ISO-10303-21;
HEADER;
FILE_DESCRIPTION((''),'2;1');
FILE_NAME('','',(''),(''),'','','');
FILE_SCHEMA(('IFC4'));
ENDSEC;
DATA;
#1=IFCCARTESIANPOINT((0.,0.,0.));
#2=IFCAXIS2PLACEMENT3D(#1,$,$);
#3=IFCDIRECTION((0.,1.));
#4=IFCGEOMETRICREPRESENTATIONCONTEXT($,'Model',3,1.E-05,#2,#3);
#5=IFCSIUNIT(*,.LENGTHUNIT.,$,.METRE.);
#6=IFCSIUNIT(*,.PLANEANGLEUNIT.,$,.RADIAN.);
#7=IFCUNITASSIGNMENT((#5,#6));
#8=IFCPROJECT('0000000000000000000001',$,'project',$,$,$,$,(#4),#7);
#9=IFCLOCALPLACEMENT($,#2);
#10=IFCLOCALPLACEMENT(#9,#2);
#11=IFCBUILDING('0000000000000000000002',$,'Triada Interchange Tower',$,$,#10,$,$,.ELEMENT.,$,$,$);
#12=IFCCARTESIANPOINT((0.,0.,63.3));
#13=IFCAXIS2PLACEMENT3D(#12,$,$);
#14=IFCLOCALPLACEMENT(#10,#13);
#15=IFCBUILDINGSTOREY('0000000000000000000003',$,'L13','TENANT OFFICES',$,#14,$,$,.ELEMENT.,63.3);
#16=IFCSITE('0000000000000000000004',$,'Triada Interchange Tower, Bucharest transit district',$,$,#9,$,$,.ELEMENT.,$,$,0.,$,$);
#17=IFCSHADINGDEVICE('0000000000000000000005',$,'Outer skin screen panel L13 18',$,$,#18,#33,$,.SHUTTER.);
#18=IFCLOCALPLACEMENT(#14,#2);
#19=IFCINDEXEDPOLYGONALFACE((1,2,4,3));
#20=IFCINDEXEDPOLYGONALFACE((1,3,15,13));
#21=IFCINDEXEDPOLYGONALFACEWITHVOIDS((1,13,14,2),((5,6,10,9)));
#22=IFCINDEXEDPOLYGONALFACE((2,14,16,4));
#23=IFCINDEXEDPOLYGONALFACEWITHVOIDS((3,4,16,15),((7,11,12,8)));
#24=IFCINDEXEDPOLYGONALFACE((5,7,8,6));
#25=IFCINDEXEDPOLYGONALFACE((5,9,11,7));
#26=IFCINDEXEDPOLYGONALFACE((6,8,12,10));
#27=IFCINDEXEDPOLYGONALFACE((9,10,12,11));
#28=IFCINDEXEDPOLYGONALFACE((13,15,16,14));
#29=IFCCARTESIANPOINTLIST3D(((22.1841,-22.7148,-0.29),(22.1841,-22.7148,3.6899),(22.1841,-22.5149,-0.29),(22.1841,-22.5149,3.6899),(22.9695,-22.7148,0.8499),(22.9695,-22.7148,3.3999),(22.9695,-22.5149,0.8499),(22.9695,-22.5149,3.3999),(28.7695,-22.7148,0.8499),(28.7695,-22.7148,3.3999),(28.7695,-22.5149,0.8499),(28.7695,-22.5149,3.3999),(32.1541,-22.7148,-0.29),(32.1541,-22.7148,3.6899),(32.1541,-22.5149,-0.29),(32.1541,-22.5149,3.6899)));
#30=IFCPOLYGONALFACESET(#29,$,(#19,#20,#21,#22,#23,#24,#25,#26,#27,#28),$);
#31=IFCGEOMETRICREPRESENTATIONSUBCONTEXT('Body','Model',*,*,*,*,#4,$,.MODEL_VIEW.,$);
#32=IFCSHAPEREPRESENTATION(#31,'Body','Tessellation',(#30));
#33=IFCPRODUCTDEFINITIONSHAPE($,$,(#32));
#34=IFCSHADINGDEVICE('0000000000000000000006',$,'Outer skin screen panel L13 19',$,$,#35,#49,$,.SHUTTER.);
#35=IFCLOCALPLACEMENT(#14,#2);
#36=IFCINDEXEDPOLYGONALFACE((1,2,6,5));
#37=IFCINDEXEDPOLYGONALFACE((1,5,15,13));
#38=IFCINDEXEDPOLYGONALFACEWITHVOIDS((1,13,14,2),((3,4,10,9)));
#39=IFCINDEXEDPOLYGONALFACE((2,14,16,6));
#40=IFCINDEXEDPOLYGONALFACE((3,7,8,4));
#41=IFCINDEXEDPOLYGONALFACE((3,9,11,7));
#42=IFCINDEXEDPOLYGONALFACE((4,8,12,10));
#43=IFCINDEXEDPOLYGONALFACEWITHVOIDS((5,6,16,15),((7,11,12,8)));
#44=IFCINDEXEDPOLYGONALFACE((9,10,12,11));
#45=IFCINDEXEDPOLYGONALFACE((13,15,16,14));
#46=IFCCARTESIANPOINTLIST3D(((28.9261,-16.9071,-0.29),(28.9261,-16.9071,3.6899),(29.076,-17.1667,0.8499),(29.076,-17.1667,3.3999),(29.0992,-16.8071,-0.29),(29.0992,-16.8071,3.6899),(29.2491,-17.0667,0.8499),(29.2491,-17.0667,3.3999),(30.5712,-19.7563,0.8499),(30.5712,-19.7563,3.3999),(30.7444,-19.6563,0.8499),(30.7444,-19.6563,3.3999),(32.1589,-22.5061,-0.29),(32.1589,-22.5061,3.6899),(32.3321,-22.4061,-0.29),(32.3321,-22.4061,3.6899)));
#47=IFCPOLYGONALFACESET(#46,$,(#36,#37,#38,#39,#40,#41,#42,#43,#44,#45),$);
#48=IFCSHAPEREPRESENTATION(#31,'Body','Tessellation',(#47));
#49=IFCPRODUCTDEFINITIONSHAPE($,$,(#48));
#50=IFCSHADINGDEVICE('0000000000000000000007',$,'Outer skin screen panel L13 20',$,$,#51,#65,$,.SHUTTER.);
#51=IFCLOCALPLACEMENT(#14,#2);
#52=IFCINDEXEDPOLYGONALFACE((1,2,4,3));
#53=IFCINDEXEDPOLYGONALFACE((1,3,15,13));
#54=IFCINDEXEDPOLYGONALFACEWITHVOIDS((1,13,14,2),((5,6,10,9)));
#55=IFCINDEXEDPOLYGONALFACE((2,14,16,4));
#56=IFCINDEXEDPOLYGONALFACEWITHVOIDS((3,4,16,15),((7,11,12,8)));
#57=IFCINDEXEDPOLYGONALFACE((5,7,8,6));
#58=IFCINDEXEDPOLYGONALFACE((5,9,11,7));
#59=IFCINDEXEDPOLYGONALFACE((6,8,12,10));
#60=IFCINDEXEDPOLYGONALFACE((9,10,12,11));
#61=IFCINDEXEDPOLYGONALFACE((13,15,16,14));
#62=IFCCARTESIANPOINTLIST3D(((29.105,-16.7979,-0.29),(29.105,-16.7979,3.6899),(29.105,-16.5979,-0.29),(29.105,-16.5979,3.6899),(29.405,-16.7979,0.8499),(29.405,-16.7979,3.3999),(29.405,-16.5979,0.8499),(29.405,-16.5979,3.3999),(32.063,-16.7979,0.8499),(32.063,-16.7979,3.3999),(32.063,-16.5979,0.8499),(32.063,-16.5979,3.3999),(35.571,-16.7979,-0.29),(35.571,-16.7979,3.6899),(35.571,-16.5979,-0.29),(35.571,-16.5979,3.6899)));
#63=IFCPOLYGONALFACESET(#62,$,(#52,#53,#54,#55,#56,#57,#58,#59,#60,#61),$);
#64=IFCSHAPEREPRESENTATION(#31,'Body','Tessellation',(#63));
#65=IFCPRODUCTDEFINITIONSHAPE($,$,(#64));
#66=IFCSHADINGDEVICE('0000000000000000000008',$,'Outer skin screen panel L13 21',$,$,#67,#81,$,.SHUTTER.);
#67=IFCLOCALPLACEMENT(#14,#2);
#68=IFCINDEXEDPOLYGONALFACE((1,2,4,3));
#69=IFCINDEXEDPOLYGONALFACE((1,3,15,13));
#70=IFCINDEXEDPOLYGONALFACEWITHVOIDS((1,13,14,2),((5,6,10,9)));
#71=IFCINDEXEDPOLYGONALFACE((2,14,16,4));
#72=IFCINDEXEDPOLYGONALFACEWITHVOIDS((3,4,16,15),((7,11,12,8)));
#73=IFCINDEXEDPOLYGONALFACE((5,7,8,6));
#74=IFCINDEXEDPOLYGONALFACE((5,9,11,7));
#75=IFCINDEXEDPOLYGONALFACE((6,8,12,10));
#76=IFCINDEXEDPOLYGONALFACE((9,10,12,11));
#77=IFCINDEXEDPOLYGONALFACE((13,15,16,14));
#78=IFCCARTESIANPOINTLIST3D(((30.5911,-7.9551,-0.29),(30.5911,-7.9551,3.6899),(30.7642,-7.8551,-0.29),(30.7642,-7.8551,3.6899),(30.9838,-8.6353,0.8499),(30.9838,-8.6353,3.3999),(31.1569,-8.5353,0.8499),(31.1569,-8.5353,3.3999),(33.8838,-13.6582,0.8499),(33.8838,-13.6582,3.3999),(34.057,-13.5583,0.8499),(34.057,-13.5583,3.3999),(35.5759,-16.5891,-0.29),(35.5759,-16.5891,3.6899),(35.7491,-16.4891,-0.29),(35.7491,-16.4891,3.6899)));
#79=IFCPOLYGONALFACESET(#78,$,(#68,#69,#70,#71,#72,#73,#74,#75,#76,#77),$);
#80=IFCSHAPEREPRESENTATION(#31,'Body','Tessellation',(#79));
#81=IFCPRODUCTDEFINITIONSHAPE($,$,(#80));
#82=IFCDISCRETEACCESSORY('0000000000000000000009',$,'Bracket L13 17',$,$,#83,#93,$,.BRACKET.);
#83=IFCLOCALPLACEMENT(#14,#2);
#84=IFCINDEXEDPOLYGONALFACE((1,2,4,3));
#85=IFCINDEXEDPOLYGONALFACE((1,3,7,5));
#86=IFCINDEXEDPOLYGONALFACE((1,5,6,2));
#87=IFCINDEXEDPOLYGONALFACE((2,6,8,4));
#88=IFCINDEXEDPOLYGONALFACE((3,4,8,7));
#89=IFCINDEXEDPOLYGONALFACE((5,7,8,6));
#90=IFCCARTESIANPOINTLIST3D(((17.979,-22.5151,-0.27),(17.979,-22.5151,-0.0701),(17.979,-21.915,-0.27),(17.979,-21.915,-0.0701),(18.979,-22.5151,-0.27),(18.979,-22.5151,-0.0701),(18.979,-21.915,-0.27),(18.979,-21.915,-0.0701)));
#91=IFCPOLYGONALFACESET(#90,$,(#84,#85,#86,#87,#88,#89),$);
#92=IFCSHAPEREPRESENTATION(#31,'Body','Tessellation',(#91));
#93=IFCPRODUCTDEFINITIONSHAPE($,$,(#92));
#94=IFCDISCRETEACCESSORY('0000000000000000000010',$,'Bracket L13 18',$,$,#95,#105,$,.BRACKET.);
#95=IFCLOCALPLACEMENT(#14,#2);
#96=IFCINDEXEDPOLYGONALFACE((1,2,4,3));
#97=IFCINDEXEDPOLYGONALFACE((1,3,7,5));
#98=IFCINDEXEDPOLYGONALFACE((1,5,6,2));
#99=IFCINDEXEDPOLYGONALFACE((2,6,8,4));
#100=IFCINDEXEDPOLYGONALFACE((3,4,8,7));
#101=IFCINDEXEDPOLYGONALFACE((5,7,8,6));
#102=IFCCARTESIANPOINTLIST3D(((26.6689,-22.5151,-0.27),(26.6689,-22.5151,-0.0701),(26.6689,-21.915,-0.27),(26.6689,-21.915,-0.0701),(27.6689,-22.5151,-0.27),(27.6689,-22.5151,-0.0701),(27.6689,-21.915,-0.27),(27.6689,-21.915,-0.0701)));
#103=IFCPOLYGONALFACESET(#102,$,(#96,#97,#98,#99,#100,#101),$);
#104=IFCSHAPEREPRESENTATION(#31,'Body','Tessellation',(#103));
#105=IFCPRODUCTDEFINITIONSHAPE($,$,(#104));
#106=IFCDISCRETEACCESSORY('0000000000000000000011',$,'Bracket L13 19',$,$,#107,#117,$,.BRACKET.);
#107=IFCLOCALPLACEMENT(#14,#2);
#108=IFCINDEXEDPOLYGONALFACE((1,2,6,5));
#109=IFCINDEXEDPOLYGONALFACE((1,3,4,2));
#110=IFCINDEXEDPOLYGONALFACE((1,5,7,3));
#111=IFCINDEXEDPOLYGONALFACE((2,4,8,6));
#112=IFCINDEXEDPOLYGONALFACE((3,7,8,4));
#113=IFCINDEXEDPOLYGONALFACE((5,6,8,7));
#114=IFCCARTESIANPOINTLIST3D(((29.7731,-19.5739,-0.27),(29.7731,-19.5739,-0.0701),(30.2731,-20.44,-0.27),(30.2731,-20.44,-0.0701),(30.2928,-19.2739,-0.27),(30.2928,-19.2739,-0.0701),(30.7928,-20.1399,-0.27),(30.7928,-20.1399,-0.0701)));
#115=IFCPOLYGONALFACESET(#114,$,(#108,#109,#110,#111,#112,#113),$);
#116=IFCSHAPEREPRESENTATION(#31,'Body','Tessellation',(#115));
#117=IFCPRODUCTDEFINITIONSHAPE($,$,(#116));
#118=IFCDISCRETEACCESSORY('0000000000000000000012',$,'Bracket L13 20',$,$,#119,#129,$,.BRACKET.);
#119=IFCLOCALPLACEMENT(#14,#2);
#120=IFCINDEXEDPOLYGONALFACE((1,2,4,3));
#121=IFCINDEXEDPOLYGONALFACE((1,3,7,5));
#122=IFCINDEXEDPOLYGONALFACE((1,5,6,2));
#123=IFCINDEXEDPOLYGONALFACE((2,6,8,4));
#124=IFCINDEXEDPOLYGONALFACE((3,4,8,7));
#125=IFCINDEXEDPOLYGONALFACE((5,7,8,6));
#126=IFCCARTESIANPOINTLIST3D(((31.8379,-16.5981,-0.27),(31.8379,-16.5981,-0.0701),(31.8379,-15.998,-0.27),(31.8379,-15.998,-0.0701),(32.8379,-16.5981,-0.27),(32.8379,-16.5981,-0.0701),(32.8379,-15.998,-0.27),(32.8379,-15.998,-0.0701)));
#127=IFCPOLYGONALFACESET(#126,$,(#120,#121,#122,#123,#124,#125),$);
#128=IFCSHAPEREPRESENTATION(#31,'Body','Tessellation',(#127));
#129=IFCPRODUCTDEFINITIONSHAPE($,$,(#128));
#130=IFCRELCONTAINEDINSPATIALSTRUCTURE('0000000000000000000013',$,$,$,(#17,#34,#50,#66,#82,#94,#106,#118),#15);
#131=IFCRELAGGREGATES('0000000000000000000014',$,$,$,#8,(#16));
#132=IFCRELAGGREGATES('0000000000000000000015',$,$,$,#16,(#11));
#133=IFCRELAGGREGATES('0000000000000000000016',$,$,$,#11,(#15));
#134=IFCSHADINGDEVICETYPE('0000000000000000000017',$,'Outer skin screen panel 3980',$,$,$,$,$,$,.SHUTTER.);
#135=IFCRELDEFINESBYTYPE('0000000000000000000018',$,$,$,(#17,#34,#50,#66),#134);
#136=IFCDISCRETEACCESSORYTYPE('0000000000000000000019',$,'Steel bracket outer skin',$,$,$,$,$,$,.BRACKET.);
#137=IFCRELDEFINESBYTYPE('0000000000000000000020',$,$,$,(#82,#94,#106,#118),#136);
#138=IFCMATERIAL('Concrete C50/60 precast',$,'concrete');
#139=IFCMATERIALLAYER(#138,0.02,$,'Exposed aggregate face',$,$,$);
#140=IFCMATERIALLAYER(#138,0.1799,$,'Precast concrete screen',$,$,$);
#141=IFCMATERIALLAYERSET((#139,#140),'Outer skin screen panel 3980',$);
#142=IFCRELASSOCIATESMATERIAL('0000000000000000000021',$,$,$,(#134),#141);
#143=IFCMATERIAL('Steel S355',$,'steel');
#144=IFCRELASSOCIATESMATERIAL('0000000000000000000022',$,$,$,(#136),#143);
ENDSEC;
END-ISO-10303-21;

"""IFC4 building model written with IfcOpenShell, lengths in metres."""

from ifc_helpers import new_model, si_unit, direction, frame, origin, origin_2d, place, context, subcontext, project, spatial, polyline, rectangle, outline, extrude, material, layer, layer_set, type_object, element, save


model = new_model("IFC4")

# Units and contexts
model_context = context("Model", 3, precision=1e-05, world=origin(), true_north=direction((0.0, 1.0)))
body_context = subcontext(model_context, "Body", "Model", "MODEL_VIEW")
ifc_project = project(units=[si_unit("LENGTHUNIT", "METRE"), si_unit("PLANEANGLEUNIT", "RADIAN")], contexts=[model_context])

# Site, building, storey
site_placement = place(None, origin())
site = spatial("IfcSite", under=ifc_project, at=site_placement, Name="Triada Interchange Tower, Bucharest transit district", CompositionType="ELEMENT", RefElevation=0.0)
building_placement = place(site_placement, origin())
building = spatial("IfcBuilding", under=site, at=building_placement, Name="Triada Interchange Tower", CompositionType="ELEMENT")
storey_placement = place(building_placement, frame((0.0, 0.0, 63.3)))
storey = spatial("IfcBuildingStorey", under=building, at=storey_placement, Name="L13", Description="TENANT OFFICES", CompositionType="ELEMENT", Elevation=63.3)

# Shading devices
ifc_material_1 = material(Name="Concrete C50/60 precast", Category="concrete")
ifc_layer_1 = layer(ifc_material_1, 0.02, Name="Exposed aggregate face")
ifc_layer_2 = layer(ifc_material_1, 0.1799, Name="Precast concrete screen")
ifc_layer_set_1 = layer_set([ifc_layer_1, ifc_layer_2], Name="Outer skin screen panel 3980")
shading_device_type = type_object("IfcShadingDeviceType", Name="Outer skin screen panel 3980", PredefinedType="SHUTTER", material=ifc_layer_set_1)
shading_device_1_placement = place(storey_placement, frame((22.1841, -22.5149, -0.29), z_axis=(0.0, 0.0, 1.0), x_axis=(1.0, 0.0, 0.0)))
element("IfcShadingDevice", 1, at=shading_device_1_placement, inside=storey, type_object=shading_device_type, Name="Outer skin screen panel L13 18", PredefinedType="SHUTTER", context=body_context, shape_type="SweptSolid", body=[
    extrude(outline(polyline([(0.0, 0.0), (9.97, 0.0), (9.97, 3.98), (0.0, 3.98), (0.0, 0.0)]), holes=[polyline([(0.7854, 1.1399), (0.7854, 3.6899), (6.5854, 3.6899), (6.5854, 1.1399), (0.7854, 1.1399)])]), frame((0.0, 0.0, 0.0), z_axis=(0.0, -1.0, 0.0), x_axis=(1.0, 0.0, 0.0)), (0.0, 0.0, 1.0), 0.2),
])
shading_device_2_placement = place(storey_placement, frame((32.1589, -22.5061, -0.29), z_axis=(0.0, 0.0, 1.0), x_axis=(-0.50003, 0.866008, 0.0)))
element("IfcShadingDevice", 2, at=shading_device_2_placement, inside=storey, type_object=shading_device_type, Name="Outer skin screen panel L13 19", PredefinedType="SHUTTER", context=body_context, shape_type="SweptSolid", body=[
    extrude(outline(polyline([(0.0, 0.0), (6.4653, 0.0), (6.4653, 3.98), (0.0, 3.98), (0.0, 0.0)]), holes=[polyline([(3.1753, 1.1399), (3.1753, 3.6899), (6.1655, 3.6899), (6.1655, 1.1399), (3.1753, 1.1399)])]), frame((0.0, 0.0, 0.0), z_axis=(0.0, -1.0, 0.0), x_axis=(1.0, 0.0, 0.0)), (0.0, 0.0, 1.0), 0.2),
])
shading_device_3_placement = place(storey_placement, frame((29.105, -16.5979, -0.29), z_axis=(0.0, 0.0, 1.0), x_axis=(1.0, 0.0, 0.0)))
element("IfcShadingDevice", 3, at=shading_device_3_placement, inside=storey, type_object=shading_device_type, Name="Outer skin screen panel L13 20", PredefinedType="SHUTTER", context=body_context, shape_type="SweptSolid", body=[
    extrude(outline(polyline([(0.0, 0.0), (6.4661, 0.0), (6.4661, 3.98), (0.0, 3.98), (0.0, 0.0)]), holes=[polyline([(0.3, 1.1399), (0.3, 3.6899), (2.958, 3.6899), (2.958, 1.1399), (0.3, 1.1399)])]), frame((0.0, 0.0, 0.0), z_axis=(0.0, -1.0, 0.0), x_axis=(1.0, 0.0, 0.0)), (0.0, 0.0, 1.0), 0.2),
])
shading_device_4_placement = place(storey_placement, frame((35.5759, -16.5891, -0.29), z_axis=(0.0, 0.0, 1.0), x_axis=(-0.5, 0.866025, 0.0)))
element("IfcShadingDevice", 4, at=shading_device_4_placement, inside=storey, type_object=shading_device_type, Name="Outer skin screen panel L13 21", PredefinedType="SHUTTER", context=body_context, shape_type="SweptSolid", body=[
    extrude(outline(polyline([(0.0, 0.0), (9.9697, 0.0), (9.9697, 3.98), (0.0, 3.98), (0.0, 0.0)]), holes=[polyline([(3.3843, 1.1399), (3.3843, 3.6899), (9.1843, 3.6899), (9.1843, 1.1399), (3.3843, 1.1399)])]), frame((0.0, 0.0, 0.0), z_axis=(0.0, -1.0, 0.0), x_axis=(1.0, 0.0, 0.0)), (0.0, 0.0, 1.0), 0.2),
])

# Discrete accessories
ifc_material_2 = material(Name="Steel S355", Category="steel")
discrete_accessory_type = type_object("IfcDiscreteAccessoryType", Name="Steel bracket outer skin", PredefinedType="BRACKET", material=ifc_material_2)
for number, where, z_axis, x_axis, name in (
    (5, (18.479, -22.2151, -0.27), (0.0, 0.0, 1.0), (0.0, -1.0, 0.0), "Bracket L13 17"),
    (6, (27.1689, -22.2151, -0.27), (0.0, 0.0, 1.0), (0.0, -1.0, 0.0), "Bracket L13 18"),
    (7, (30.283, -19.8569, -0.27), (0.0, 0.0, 1.0), (0.866037, 0.49998, 0.0), "Bracket L13 19"),
    (8, (32.3379, -16.2981, -0.27), (0.0, 0.0, 1.0), (0.0, -1.0, 0.0), "Bracket L13 20"),
):
    element("IfcDiscreteAccessory", number, at=place(storey_placement, frame(where, z_axis=z_axis, x_axis=x_axis)), inside=storey, type_object=discrete_accessory_type, Name=name, PredefinedType="BRACKET", context=body_context, shape_type="SweptSolid", body=[
        extrude(rectangle(XDim=0.6001, YDim=1.0, at=origin_2d()), origin(), (0.0, 0.0, 1.0), 0.2),
    ])

save(model, "model.ifc")
